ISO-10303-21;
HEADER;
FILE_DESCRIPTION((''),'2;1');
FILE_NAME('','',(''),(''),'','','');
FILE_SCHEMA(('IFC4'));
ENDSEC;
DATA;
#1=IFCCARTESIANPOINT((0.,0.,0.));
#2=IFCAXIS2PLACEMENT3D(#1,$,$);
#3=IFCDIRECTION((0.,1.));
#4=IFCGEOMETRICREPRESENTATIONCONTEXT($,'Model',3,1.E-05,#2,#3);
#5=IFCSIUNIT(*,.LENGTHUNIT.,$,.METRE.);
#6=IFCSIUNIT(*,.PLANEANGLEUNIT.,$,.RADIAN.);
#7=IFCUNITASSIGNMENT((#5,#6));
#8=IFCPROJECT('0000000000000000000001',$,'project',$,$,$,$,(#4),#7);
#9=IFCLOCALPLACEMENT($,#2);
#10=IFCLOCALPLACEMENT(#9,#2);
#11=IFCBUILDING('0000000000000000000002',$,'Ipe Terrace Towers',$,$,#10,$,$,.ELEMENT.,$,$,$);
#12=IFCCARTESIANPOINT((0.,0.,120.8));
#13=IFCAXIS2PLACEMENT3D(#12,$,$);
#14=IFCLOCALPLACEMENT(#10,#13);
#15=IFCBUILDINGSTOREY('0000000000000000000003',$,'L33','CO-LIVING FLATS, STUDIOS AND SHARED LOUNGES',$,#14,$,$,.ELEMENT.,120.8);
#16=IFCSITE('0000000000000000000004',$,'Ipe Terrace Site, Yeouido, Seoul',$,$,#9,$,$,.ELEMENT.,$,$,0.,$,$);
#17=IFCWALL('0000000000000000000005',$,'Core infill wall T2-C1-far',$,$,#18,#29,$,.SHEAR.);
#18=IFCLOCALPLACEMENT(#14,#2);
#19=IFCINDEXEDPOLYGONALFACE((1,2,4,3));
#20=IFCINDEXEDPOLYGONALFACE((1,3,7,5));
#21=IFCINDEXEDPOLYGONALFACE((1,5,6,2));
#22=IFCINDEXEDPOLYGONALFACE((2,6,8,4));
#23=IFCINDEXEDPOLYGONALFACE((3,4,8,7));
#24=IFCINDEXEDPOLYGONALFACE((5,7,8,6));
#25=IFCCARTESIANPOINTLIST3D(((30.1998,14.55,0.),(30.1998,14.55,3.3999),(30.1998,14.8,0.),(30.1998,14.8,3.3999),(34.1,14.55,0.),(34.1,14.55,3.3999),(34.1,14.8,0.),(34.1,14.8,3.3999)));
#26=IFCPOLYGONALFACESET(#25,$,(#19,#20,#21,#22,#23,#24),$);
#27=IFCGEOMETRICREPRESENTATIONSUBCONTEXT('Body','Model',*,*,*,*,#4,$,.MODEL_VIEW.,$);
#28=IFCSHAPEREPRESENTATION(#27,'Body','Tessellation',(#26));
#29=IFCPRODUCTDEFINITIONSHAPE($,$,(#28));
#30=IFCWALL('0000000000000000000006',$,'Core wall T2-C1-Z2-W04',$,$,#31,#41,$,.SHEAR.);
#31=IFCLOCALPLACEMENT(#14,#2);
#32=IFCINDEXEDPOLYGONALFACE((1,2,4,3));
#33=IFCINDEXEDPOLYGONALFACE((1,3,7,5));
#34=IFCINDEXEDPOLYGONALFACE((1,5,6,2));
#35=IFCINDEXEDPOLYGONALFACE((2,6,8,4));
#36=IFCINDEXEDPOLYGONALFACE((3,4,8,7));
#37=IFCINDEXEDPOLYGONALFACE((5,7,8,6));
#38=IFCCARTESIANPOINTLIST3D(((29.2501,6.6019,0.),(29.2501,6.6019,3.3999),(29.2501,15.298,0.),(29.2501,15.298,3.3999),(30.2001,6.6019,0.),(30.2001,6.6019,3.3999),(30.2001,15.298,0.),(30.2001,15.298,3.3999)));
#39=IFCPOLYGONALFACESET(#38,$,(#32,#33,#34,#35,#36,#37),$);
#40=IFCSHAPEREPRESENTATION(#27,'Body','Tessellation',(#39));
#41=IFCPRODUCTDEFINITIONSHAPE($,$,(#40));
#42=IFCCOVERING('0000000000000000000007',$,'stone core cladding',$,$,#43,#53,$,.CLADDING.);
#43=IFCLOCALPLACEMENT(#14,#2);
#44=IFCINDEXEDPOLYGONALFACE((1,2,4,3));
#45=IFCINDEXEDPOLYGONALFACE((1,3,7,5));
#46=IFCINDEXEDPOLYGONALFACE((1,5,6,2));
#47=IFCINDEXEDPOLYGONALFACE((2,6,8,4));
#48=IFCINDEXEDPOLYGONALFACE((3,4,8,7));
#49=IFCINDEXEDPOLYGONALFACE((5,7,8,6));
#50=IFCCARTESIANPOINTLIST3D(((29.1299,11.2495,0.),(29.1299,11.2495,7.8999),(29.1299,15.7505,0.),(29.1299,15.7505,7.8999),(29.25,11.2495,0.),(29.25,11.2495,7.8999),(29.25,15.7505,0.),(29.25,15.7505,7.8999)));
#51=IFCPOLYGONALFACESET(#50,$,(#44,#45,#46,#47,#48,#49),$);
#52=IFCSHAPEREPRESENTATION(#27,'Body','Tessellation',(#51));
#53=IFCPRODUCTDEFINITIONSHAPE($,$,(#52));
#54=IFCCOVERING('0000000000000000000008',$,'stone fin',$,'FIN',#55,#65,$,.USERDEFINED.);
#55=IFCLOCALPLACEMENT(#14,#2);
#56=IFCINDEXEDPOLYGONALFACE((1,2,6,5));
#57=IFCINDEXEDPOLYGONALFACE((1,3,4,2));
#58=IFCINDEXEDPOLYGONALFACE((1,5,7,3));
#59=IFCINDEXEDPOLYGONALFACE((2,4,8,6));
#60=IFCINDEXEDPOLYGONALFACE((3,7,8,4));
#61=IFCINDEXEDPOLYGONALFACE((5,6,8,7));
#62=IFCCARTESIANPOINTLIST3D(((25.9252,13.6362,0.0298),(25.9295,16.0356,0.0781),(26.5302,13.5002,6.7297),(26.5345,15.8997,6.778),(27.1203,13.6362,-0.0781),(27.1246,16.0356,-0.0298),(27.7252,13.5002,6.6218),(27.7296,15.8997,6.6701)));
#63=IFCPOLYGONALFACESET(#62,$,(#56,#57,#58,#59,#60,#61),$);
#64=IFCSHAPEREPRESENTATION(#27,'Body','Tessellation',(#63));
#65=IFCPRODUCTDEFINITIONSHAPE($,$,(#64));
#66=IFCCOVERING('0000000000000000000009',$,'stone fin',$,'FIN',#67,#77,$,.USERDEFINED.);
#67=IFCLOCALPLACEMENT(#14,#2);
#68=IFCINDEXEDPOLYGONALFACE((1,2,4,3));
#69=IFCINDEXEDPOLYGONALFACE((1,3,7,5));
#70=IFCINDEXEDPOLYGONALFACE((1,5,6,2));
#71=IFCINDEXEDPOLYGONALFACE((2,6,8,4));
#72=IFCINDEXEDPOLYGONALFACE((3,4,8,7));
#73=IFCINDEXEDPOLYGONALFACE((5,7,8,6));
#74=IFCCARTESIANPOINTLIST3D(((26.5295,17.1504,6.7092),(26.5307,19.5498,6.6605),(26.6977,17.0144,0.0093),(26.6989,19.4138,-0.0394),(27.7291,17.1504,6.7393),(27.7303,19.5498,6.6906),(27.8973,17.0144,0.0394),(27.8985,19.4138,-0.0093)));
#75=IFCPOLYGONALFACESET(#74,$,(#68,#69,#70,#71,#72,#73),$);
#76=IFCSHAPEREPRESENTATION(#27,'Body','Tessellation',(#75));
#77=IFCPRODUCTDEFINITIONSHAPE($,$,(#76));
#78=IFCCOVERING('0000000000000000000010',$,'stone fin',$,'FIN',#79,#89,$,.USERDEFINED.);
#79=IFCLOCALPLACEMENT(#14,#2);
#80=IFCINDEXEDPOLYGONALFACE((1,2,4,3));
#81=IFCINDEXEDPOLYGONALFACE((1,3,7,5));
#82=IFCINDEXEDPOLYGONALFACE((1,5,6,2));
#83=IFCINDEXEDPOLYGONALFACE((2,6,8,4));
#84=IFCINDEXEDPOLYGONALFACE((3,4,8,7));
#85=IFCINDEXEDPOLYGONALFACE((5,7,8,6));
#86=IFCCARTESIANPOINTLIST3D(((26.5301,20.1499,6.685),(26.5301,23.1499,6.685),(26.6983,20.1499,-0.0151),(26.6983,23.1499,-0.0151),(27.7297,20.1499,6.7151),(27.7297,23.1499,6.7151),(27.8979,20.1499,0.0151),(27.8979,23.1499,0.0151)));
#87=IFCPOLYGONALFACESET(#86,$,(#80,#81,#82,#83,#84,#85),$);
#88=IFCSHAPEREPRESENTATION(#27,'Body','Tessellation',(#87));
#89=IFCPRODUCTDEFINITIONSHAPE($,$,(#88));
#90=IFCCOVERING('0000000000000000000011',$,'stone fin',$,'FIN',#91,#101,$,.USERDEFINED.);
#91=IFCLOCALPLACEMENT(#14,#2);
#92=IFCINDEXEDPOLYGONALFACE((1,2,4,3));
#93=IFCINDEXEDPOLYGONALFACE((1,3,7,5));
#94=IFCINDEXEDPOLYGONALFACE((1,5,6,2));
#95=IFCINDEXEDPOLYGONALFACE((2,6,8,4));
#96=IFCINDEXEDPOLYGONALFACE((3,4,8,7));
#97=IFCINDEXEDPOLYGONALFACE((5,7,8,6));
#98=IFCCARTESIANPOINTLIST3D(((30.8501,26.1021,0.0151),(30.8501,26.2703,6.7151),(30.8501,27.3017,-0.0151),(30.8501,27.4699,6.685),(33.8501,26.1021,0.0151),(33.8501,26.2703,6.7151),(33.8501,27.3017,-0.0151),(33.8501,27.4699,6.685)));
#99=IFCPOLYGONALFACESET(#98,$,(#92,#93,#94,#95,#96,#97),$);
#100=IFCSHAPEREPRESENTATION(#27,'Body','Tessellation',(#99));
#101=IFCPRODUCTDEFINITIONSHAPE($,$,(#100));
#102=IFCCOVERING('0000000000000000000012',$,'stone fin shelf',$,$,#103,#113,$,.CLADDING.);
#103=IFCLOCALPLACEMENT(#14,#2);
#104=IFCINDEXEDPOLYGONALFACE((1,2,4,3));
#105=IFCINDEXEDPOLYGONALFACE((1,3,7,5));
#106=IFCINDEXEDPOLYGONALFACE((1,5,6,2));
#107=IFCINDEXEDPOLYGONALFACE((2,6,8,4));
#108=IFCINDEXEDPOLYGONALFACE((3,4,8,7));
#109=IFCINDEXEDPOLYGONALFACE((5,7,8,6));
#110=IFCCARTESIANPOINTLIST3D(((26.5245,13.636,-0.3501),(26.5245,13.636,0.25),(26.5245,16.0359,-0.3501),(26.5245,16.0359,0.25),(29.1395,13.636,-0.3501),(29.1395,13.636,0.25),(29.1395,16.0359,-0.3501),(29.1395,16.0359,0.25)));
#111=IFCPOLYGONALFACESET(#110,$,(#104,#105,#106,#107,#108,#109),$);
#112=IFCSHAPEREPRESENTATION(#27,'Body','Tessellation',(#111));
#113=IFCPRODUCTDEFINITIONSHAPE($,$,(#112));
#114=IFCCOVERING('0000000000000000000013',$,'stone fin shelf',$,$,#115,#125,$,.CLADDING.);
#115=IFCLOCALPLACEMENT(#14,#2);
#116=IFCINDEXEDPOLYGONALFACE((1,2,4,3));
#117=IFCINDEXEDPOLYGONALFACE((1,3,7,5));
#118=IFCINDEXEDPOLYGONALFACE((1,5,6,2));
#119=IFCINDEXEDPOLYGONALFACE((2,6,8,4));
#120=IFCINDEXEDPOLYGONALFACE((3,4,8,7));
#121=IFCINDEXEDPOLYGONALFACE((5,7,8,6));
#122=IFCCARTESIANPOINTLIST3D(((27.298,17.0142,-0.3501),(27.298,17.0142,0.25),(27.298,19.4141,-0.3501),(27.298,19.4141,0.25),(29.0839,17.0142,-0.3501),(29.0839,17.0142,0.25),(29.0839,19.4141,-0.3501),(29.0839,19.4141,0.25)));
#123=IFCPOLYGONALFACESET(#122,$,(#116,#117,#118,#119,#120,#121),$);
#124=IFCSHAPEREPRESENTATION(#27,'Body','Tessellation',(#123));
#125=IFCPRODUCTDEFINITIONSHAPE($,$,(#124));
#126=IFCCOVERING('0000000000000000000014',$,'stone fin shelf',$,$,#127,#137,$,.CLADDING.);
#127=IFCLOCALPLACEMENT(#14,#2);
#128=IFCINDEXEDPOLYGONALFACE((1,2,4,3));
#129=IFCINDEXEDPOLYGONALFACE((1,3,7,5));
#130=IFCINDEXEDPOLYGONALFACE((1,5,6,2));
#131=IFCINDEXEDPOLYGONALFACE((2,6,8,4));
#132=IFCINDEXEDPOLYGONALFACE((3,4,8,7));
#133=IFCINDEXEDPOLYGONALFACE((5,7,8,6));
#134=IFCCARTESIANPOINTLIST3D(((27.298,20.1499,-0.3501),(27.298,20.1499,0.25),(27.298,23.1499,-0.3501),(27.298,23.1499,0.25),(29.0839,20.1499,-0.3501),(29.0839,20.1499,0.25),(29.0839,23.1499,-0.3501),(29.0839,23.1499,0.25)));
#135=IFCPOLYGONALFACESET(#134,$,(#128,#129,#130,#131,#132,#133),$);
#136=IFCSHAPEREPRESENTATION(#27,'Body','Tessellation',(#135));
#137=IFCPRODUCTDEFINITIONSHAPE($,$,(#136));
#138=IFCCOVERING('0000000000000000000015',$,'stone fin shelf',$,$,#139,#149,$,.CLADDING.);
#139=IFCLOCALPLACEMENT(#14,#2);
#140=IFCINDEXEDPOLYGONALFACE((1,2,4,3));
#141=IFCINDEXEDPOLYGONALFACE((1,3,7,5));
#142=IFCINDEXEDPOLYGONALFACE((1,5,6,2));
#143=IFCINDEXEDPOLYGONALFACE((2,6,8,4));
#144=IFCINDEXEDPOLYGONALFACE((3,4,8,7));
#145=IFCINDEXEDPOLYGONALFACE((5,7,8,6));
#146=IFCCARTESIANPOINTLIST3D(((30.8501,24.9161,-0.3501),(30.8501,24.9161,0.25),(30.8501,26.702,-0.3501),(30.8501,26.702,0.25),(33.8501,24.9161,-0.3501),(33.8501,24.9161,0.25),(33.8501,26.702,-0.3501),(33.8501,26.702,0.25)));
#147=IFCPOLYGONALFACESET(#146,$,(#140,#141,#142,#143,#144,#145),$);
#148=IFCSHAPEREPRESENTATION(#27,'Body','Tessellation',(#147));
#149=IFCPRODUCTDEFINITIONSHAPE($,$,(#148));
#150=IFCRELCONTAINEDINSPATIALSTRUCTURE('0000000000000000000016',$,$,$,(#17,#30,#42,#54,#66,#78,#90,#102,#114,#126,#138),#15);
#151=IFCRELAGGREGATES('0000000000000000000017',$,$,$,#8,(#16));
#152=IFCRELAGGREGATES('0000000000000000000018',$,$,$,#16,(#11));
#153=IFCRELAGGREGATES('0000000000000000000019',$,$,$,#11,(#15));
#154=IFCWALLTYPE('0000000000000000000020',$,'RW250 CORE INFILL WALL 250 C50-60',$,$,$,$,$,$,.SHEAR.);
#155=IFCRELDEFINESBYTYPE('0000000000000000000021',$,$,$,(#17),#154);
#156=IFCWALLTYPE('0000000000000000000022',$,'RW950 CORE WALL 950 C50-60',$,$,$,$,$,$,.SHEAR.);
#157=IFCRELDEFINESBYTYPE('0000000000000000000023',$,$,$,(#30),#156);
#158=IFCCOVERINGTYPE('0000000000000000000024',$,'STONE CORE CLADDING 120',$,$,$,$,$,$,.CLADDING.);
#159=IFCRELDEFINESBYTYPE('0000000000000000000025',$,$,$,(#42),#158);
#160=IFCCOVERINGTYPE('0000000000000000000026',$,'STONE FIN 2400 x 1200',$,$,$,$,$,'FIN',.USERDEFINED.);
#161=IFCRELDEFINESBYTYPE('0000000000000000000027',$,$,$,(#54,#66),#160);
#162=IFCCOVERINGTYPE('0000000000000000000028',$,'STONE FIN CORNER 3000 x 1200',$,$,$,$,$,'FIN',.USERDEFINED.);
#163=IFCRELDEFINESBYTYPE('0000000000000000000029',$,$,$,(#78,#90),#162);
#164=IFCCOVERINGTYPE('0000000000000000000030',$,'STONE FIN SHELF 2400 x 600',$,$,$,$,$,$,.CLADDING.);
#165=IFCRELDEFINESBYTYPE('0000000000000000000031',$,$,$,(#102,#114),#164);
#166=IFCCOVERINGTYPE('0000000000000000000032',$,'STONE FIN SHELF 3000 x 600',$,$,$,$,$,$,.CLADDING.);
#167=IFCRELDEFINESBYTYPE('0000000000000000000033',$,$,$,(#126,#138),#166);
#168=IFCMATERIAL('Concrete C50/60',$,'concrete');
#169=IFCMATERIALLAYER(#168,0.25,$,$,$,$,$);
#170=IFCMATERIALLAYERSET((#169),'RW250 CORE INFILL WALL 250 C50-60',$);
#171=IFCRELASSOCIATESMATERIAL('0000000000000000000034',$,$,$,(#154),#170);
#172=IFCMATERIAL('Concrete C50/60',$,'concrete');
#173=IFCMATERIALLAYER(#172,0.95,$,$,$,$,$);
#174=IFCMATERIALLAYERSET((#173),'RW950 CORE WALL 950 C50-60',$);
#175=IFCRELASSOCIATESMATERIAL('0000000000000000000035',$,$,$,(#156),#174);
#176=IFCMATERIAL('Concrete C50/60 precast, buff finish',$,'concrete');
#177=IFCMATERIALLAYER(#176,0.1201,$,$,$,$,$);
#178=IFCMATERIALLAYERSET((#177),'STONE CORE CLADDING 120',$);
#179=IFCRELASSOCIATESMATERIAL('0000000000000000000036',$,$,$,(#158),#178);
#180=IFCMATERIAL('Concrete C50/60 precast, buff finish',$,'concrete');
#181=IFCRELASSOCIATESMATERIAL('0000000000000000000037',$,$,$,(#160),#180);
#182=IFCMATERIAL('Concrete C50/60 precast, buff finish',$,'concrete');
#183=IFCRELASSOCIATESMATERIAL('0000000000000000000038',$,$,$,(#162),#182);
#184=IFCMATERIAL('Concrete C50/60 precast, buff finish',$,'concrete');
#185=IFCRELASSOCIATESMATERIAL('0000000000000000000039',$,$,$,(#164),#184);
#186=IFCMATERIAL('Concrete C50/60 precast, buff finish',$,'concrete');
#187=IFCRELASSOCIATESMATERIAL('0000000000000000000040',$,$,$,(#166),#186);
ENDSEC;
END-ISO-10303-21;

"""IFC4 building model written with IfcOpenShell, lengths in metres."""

from ifc_helpers import new_model, si_unit, direction, frame, frame_2d, origin, origin_2d, place, context, subcontext, project, spatial, rectangle, extrude, material, layer, layer_set, material_profile, profile_set, type_object, element, save


model = new_model("IFC4")

# Units and contexts
model_context = context("Model", 3, precision=1e-05, world=origin(), true_north=direction((0.0, 1.0)))
body_context = subcontext(model_context, "Body", "Model", "MODEL_VIEW")
ifc_project = project(units=[si_unit("LENGTHUNIT", "METRE"), si_unit("PLANEANGLEUNIT", "RADIAN")], contexts=[model_context])

# Site, building, storey
site_placement = place(None, origin())
site = spatial("IfcSite", under=ifc_project, at=site_placement, Name="Ipe Terrace Site, Yeouido, Seoul", CompositionType="ELEMENT", RefElevation=0.0)
building_placement = place(site_placement, origin())
building = spatial("IfcBuilding", under=site, at=building_placement, Name="Ipe Terrace Towers", CompositionType="ELEMENT")
storey_placement = place(building_placement, frame((0.0, 0.0, 120.8)))
storey = spatial("IfcBuildingStorey", under=building, at=storey_placement, Name="L33", Description="CO-LIVING FLATS, STUDIOS AND SHARED LOUNGES", CompositionType="ELEMENT", Elevation=120.8)

# Walls
ifc_material_1 = material(Name="Concrete C50/60", Category="concrete")
ifc_layer_1 = layer(ifc_material_1, 0.25)
ifc_layer_set_1 = layer_set([ifc_layer_1], Name="RW250 CORE INFILL WALL 250 C50-60")
wall_type_1 = type_object("IfcWallType", Name="RW250 CORE INFILL WALL 250 C50-60", PredefinedType="SHEAR", material=ifc_layer_set_1)
wall_1_placement = place(storey_placement, frame((34.1001, 14.675, 0.0), z_axis=(0.0, 0.0, 1.0), x_axis=(-1.0, 0.0, 0.0)))
element("IfcWall", 1, at=wall_1_placement, inside=storey, type_object=wall_type_1, Name="Core infill wall T2-C1-far", PredefinedType="SHEAR", context=body_context, shape_type="SweptSolid", body=[
    extrude(rectangle(XDim=3.9001, YDim=0.25, at=frame_2d((1.9502, 0.0))), origin(), (0.0, 0.0, 1.0), 3.3999),
])
ifc_material_2 = material(Name="Concrete C50/60", Category="concrete")
ifc_layer_2 = layer(ifc_material_2, 0.95)
ifc_layer_set_2 = layer_set([ifc_layer_2], Name="RW950 CORE WALL 950 C50-60")
wall_type_2 = type_object("IfcWallType", Name="RW950 CORE WALL 950 C50-60", PredefinedType="SHEAR", material=ifc_layer_set_2)
wall_2_placement = place(storey_placement, frame((29.7251, 15.2981, 0.0), z_axis=(0.0, 0.0, 1.0), x_axis=(0.0, -1.0, 0.0)))
element("IfcWall", 2, at=wall_2_placement, inside=storey, type_object=wall_type_2, Name="Core wall T2-C1-Z2-W04", PredefinedType="SHEAR", context=body_context, shape_type="SweptSolid", body=[
    extrude(rectangle(XDim=8.696, YDim=0.95, at=frame_2d((4.3481, 0.0))), origin(), (0.0, 0.0, 1.0), 3.3999),
])

# Coverings
ifc_material_3 = material(Name="Concrete C50/60 precast, buff finish", Category="concrete")
ifc_layer_3 = layer(ifc_material_3, 0.1201)
ifc_layer_set_3 = layer_set([ifc_layer_3], Name="STONE CORE CLADDING 120")
covering_type_1 = type_object("IfcCoveringType", Name="STONE CORE CLADDING 120", PredefinedType="CLADDING", material=ifc_layer_set_3)
covering_1_placement = place(storey_placement, frame((29.1899, 13.5, 0.0), z_axis=(0.0, 0.0, 1.0), x_axis=(0.0, -1.0, 0.0)))
element("IfcCovering", 3, at=covering_1_placement, inside=storey, type_object=covering_type_1, Name="stone core cladding", PredefinedType="CLADDING", context=body_context, shape_type="SweptSolid", body=[
    extrude(rectangle(XDim=4.501, YDim=0.1201, at=origin_2d()), origin(), (0.0, 0.0, 1.0), 7.8999),
])
ifc_material_4 = material(Name="Concrete C50/60 precast, buff finish", Category="concrete")
ifc_material_profile_1 = material_profile(ifc_material_4, rectangle(XDim=2.3999, YDim=1.2, at=origin_2d()), Name="STONE FIN 2400 x 1200")
ifc_profile_set_1 = profile_set([ifc_material_profile_1], Name="Concrete C50/60 precast, buff finish")
covering_type_2 = type_object("IfcCoveringType", Name="STONE FIN 2400 x 1200", ElementType="FIN", PredefinedType="USERDEFINED", material=ifc_profile_set_1)
covering_2_placement = place(storey_placement, frame((26.5249, 14.8359, 0.0), z_axis=(0.089912, -0.02021, 0.995745), x_axis=(-0.001818, -0.999796, -0.020128)))
element("IfcCovering", 4, at=covering_2_placement, inside=storey, type_object=covering_type_2, Name="stone fin", ObjectType="FIN", PredefinedType="USERDEFINED", context=body_context, shape_type="SweptSolid", body=[
    extrude(rectangle(XDim=2.3999, YDim=1.2, at=origin_2d()), origin(), (0.0, 0.0, 1.0), 6.7285),
])
covering_3_placement = place(storey_placement, frame((27.2981, 18.2141, 0.0), z_axis=(-0.025094, 0.020286, 0.999479), x_axis=(-0.000509, -0.999794, 0.02028)))
element("IfcCovering", 5, at=covering_3_placement, inside=storey, type_object=covering_type_2, Name="stone fin", ObjectType="FIN", PredefinedType="USERDEFINED", context=body_context, shape_type="SweptSolid", body=[
    extrude(rectangle(XDim=2.3999, YDim=1.2, at=origin_2d()), origin(), (0.0, 0.0, 1.0), 6.7034),
])
ifc_material_5 = material(Name="Concrete C50/60 precast, buff finish", Category="concrete")
ifc_material_profile_2 = material_profile(ifc_material_5, rectangle(XDim=3.0, YDim=1.2, at=origin_2d()), Name="STONE FIN CORNER 3000 x 1200")
ifc_profile_set_2 = profile_set([ifc_material_profile_2], Name="Concrete C50/60 precast, buff finish")
covering_type_3 = type_object("IfcCoveringType", Name="STONE FIN CORNER 3000 x 1200", ElementType="FIN", PredefinedType="USERDEFINED", material=ifc_profile_set_2)
for number, where, z_axis, x_axis, name in (
    (6, (27.2981, 21.6499, 0.0), (-0.025099, 0.0, 0.999685), (0.0, -1.0, 0.0), "stone fin"),
    (7, (32.3501, 26.7019, 0.0), (0.0, 0.025099, 0.999685), (-1.0, 0.0, 0.0), "stone fin"),
):
    element("IfcCovering", number, at=place(storey_placement, frame(where, z_axis=z_axis, x_axis=x_axis)), inside=storey, type_object=covering_type_3, Name=name, ObjectType="FIN", PredefinedType="USERDEFINED", context=body_context, shape_type="SweptSolid", body=[
        extrude(rectangle(XDim=3.0, YDim=1.2, at=origin_2d()), origin(), (0.0, 0.0, 1.0), 6.7021),
    ])
ifc_material_6 = material(Name="Concrete C50/60 precast, buff finish", Category="concrete")
covering_type_4 = type_object("IfcCoveringType", Name="STONE FIN SHELF 2400 x 600", PredefinedType="CLADDING", material=ifc_material_6)
covering_4_placement = place(storey_placement, frame((27.832, 14.8359, -0.3501), z_axis=(0.0, 0.0, 1.0), x_axis=(0.0, -1.0, 0.0)))
element("IfcCovering", 8, at=covering_4_placement, inside=storey, type_object=covering_type_4, Name="stone fin shelf", PredefinedType="CLADDING", context=body_context, shape_type="SweptSolid", body=[
    extrude(rectangle(XDim=2.3999, YDim=2.615, at=origin_2d()), origin(), (0.0, 0.0, 1.0), 0.6001),
])
covering_5_placement = place(storey_placement, frame((28.1909, 18.2141, -0.3501), z_axis=(0.0, 0.0, 1.0), x_axis=(0.0, -1.0, 0.0)))
element("IfcCovering", 9, at=covering_5_placement, inside=storey, type_object=covering_type_4, Name="stone fin shelf", PredefinedType="CLADDING", context=body_context, shape_type="SweptSolid", body=[
    extrude(rectangle(XDim=2.3999, YDim=1.7859, at=origin_2d()), origin(), (0.0, 0.0, 1.0), 0.6001),
])
ifc_material_7 = material(Name="Concrete C50/60 precast, buff finish", Category="concrete")
covering_type_5 = type_object("IfcCoveringType", Name="STONE FIN SHELF 3000 x 600", PredefinedType="CLADDING", material=ifc_material_7)
for number, where, z_axis, x_axis, name in (
    (10, (28.1909, 21.6499, -0.3501), (0.0, 0.0, 1.0), (0.0, -1.0, 0.0), "stone fin shelf"),
    (11, (32.3501, 25.8091, -0.3501), (0.0, 0.0, 1.0), (-1.0, 0.0, 0.0), "stone fin shelf"),
):
    element("IfcCovering", number, at=place(storey_placement, frame(where, z_axis=z_axis, x_axis=x_axis)), inside=storey, type_object=covering_type_5, Name=name, PredefinedType="CLADDING", context=body_context, shape_type="SweptSolid", body=[
        extrude(rectangle(XDim=3.0, YDim=1.7859, at=origin_2d()), origin(), (0.0, 0.0, 1.0), 0.6001),
    ])

save(model, "model.ifc")
